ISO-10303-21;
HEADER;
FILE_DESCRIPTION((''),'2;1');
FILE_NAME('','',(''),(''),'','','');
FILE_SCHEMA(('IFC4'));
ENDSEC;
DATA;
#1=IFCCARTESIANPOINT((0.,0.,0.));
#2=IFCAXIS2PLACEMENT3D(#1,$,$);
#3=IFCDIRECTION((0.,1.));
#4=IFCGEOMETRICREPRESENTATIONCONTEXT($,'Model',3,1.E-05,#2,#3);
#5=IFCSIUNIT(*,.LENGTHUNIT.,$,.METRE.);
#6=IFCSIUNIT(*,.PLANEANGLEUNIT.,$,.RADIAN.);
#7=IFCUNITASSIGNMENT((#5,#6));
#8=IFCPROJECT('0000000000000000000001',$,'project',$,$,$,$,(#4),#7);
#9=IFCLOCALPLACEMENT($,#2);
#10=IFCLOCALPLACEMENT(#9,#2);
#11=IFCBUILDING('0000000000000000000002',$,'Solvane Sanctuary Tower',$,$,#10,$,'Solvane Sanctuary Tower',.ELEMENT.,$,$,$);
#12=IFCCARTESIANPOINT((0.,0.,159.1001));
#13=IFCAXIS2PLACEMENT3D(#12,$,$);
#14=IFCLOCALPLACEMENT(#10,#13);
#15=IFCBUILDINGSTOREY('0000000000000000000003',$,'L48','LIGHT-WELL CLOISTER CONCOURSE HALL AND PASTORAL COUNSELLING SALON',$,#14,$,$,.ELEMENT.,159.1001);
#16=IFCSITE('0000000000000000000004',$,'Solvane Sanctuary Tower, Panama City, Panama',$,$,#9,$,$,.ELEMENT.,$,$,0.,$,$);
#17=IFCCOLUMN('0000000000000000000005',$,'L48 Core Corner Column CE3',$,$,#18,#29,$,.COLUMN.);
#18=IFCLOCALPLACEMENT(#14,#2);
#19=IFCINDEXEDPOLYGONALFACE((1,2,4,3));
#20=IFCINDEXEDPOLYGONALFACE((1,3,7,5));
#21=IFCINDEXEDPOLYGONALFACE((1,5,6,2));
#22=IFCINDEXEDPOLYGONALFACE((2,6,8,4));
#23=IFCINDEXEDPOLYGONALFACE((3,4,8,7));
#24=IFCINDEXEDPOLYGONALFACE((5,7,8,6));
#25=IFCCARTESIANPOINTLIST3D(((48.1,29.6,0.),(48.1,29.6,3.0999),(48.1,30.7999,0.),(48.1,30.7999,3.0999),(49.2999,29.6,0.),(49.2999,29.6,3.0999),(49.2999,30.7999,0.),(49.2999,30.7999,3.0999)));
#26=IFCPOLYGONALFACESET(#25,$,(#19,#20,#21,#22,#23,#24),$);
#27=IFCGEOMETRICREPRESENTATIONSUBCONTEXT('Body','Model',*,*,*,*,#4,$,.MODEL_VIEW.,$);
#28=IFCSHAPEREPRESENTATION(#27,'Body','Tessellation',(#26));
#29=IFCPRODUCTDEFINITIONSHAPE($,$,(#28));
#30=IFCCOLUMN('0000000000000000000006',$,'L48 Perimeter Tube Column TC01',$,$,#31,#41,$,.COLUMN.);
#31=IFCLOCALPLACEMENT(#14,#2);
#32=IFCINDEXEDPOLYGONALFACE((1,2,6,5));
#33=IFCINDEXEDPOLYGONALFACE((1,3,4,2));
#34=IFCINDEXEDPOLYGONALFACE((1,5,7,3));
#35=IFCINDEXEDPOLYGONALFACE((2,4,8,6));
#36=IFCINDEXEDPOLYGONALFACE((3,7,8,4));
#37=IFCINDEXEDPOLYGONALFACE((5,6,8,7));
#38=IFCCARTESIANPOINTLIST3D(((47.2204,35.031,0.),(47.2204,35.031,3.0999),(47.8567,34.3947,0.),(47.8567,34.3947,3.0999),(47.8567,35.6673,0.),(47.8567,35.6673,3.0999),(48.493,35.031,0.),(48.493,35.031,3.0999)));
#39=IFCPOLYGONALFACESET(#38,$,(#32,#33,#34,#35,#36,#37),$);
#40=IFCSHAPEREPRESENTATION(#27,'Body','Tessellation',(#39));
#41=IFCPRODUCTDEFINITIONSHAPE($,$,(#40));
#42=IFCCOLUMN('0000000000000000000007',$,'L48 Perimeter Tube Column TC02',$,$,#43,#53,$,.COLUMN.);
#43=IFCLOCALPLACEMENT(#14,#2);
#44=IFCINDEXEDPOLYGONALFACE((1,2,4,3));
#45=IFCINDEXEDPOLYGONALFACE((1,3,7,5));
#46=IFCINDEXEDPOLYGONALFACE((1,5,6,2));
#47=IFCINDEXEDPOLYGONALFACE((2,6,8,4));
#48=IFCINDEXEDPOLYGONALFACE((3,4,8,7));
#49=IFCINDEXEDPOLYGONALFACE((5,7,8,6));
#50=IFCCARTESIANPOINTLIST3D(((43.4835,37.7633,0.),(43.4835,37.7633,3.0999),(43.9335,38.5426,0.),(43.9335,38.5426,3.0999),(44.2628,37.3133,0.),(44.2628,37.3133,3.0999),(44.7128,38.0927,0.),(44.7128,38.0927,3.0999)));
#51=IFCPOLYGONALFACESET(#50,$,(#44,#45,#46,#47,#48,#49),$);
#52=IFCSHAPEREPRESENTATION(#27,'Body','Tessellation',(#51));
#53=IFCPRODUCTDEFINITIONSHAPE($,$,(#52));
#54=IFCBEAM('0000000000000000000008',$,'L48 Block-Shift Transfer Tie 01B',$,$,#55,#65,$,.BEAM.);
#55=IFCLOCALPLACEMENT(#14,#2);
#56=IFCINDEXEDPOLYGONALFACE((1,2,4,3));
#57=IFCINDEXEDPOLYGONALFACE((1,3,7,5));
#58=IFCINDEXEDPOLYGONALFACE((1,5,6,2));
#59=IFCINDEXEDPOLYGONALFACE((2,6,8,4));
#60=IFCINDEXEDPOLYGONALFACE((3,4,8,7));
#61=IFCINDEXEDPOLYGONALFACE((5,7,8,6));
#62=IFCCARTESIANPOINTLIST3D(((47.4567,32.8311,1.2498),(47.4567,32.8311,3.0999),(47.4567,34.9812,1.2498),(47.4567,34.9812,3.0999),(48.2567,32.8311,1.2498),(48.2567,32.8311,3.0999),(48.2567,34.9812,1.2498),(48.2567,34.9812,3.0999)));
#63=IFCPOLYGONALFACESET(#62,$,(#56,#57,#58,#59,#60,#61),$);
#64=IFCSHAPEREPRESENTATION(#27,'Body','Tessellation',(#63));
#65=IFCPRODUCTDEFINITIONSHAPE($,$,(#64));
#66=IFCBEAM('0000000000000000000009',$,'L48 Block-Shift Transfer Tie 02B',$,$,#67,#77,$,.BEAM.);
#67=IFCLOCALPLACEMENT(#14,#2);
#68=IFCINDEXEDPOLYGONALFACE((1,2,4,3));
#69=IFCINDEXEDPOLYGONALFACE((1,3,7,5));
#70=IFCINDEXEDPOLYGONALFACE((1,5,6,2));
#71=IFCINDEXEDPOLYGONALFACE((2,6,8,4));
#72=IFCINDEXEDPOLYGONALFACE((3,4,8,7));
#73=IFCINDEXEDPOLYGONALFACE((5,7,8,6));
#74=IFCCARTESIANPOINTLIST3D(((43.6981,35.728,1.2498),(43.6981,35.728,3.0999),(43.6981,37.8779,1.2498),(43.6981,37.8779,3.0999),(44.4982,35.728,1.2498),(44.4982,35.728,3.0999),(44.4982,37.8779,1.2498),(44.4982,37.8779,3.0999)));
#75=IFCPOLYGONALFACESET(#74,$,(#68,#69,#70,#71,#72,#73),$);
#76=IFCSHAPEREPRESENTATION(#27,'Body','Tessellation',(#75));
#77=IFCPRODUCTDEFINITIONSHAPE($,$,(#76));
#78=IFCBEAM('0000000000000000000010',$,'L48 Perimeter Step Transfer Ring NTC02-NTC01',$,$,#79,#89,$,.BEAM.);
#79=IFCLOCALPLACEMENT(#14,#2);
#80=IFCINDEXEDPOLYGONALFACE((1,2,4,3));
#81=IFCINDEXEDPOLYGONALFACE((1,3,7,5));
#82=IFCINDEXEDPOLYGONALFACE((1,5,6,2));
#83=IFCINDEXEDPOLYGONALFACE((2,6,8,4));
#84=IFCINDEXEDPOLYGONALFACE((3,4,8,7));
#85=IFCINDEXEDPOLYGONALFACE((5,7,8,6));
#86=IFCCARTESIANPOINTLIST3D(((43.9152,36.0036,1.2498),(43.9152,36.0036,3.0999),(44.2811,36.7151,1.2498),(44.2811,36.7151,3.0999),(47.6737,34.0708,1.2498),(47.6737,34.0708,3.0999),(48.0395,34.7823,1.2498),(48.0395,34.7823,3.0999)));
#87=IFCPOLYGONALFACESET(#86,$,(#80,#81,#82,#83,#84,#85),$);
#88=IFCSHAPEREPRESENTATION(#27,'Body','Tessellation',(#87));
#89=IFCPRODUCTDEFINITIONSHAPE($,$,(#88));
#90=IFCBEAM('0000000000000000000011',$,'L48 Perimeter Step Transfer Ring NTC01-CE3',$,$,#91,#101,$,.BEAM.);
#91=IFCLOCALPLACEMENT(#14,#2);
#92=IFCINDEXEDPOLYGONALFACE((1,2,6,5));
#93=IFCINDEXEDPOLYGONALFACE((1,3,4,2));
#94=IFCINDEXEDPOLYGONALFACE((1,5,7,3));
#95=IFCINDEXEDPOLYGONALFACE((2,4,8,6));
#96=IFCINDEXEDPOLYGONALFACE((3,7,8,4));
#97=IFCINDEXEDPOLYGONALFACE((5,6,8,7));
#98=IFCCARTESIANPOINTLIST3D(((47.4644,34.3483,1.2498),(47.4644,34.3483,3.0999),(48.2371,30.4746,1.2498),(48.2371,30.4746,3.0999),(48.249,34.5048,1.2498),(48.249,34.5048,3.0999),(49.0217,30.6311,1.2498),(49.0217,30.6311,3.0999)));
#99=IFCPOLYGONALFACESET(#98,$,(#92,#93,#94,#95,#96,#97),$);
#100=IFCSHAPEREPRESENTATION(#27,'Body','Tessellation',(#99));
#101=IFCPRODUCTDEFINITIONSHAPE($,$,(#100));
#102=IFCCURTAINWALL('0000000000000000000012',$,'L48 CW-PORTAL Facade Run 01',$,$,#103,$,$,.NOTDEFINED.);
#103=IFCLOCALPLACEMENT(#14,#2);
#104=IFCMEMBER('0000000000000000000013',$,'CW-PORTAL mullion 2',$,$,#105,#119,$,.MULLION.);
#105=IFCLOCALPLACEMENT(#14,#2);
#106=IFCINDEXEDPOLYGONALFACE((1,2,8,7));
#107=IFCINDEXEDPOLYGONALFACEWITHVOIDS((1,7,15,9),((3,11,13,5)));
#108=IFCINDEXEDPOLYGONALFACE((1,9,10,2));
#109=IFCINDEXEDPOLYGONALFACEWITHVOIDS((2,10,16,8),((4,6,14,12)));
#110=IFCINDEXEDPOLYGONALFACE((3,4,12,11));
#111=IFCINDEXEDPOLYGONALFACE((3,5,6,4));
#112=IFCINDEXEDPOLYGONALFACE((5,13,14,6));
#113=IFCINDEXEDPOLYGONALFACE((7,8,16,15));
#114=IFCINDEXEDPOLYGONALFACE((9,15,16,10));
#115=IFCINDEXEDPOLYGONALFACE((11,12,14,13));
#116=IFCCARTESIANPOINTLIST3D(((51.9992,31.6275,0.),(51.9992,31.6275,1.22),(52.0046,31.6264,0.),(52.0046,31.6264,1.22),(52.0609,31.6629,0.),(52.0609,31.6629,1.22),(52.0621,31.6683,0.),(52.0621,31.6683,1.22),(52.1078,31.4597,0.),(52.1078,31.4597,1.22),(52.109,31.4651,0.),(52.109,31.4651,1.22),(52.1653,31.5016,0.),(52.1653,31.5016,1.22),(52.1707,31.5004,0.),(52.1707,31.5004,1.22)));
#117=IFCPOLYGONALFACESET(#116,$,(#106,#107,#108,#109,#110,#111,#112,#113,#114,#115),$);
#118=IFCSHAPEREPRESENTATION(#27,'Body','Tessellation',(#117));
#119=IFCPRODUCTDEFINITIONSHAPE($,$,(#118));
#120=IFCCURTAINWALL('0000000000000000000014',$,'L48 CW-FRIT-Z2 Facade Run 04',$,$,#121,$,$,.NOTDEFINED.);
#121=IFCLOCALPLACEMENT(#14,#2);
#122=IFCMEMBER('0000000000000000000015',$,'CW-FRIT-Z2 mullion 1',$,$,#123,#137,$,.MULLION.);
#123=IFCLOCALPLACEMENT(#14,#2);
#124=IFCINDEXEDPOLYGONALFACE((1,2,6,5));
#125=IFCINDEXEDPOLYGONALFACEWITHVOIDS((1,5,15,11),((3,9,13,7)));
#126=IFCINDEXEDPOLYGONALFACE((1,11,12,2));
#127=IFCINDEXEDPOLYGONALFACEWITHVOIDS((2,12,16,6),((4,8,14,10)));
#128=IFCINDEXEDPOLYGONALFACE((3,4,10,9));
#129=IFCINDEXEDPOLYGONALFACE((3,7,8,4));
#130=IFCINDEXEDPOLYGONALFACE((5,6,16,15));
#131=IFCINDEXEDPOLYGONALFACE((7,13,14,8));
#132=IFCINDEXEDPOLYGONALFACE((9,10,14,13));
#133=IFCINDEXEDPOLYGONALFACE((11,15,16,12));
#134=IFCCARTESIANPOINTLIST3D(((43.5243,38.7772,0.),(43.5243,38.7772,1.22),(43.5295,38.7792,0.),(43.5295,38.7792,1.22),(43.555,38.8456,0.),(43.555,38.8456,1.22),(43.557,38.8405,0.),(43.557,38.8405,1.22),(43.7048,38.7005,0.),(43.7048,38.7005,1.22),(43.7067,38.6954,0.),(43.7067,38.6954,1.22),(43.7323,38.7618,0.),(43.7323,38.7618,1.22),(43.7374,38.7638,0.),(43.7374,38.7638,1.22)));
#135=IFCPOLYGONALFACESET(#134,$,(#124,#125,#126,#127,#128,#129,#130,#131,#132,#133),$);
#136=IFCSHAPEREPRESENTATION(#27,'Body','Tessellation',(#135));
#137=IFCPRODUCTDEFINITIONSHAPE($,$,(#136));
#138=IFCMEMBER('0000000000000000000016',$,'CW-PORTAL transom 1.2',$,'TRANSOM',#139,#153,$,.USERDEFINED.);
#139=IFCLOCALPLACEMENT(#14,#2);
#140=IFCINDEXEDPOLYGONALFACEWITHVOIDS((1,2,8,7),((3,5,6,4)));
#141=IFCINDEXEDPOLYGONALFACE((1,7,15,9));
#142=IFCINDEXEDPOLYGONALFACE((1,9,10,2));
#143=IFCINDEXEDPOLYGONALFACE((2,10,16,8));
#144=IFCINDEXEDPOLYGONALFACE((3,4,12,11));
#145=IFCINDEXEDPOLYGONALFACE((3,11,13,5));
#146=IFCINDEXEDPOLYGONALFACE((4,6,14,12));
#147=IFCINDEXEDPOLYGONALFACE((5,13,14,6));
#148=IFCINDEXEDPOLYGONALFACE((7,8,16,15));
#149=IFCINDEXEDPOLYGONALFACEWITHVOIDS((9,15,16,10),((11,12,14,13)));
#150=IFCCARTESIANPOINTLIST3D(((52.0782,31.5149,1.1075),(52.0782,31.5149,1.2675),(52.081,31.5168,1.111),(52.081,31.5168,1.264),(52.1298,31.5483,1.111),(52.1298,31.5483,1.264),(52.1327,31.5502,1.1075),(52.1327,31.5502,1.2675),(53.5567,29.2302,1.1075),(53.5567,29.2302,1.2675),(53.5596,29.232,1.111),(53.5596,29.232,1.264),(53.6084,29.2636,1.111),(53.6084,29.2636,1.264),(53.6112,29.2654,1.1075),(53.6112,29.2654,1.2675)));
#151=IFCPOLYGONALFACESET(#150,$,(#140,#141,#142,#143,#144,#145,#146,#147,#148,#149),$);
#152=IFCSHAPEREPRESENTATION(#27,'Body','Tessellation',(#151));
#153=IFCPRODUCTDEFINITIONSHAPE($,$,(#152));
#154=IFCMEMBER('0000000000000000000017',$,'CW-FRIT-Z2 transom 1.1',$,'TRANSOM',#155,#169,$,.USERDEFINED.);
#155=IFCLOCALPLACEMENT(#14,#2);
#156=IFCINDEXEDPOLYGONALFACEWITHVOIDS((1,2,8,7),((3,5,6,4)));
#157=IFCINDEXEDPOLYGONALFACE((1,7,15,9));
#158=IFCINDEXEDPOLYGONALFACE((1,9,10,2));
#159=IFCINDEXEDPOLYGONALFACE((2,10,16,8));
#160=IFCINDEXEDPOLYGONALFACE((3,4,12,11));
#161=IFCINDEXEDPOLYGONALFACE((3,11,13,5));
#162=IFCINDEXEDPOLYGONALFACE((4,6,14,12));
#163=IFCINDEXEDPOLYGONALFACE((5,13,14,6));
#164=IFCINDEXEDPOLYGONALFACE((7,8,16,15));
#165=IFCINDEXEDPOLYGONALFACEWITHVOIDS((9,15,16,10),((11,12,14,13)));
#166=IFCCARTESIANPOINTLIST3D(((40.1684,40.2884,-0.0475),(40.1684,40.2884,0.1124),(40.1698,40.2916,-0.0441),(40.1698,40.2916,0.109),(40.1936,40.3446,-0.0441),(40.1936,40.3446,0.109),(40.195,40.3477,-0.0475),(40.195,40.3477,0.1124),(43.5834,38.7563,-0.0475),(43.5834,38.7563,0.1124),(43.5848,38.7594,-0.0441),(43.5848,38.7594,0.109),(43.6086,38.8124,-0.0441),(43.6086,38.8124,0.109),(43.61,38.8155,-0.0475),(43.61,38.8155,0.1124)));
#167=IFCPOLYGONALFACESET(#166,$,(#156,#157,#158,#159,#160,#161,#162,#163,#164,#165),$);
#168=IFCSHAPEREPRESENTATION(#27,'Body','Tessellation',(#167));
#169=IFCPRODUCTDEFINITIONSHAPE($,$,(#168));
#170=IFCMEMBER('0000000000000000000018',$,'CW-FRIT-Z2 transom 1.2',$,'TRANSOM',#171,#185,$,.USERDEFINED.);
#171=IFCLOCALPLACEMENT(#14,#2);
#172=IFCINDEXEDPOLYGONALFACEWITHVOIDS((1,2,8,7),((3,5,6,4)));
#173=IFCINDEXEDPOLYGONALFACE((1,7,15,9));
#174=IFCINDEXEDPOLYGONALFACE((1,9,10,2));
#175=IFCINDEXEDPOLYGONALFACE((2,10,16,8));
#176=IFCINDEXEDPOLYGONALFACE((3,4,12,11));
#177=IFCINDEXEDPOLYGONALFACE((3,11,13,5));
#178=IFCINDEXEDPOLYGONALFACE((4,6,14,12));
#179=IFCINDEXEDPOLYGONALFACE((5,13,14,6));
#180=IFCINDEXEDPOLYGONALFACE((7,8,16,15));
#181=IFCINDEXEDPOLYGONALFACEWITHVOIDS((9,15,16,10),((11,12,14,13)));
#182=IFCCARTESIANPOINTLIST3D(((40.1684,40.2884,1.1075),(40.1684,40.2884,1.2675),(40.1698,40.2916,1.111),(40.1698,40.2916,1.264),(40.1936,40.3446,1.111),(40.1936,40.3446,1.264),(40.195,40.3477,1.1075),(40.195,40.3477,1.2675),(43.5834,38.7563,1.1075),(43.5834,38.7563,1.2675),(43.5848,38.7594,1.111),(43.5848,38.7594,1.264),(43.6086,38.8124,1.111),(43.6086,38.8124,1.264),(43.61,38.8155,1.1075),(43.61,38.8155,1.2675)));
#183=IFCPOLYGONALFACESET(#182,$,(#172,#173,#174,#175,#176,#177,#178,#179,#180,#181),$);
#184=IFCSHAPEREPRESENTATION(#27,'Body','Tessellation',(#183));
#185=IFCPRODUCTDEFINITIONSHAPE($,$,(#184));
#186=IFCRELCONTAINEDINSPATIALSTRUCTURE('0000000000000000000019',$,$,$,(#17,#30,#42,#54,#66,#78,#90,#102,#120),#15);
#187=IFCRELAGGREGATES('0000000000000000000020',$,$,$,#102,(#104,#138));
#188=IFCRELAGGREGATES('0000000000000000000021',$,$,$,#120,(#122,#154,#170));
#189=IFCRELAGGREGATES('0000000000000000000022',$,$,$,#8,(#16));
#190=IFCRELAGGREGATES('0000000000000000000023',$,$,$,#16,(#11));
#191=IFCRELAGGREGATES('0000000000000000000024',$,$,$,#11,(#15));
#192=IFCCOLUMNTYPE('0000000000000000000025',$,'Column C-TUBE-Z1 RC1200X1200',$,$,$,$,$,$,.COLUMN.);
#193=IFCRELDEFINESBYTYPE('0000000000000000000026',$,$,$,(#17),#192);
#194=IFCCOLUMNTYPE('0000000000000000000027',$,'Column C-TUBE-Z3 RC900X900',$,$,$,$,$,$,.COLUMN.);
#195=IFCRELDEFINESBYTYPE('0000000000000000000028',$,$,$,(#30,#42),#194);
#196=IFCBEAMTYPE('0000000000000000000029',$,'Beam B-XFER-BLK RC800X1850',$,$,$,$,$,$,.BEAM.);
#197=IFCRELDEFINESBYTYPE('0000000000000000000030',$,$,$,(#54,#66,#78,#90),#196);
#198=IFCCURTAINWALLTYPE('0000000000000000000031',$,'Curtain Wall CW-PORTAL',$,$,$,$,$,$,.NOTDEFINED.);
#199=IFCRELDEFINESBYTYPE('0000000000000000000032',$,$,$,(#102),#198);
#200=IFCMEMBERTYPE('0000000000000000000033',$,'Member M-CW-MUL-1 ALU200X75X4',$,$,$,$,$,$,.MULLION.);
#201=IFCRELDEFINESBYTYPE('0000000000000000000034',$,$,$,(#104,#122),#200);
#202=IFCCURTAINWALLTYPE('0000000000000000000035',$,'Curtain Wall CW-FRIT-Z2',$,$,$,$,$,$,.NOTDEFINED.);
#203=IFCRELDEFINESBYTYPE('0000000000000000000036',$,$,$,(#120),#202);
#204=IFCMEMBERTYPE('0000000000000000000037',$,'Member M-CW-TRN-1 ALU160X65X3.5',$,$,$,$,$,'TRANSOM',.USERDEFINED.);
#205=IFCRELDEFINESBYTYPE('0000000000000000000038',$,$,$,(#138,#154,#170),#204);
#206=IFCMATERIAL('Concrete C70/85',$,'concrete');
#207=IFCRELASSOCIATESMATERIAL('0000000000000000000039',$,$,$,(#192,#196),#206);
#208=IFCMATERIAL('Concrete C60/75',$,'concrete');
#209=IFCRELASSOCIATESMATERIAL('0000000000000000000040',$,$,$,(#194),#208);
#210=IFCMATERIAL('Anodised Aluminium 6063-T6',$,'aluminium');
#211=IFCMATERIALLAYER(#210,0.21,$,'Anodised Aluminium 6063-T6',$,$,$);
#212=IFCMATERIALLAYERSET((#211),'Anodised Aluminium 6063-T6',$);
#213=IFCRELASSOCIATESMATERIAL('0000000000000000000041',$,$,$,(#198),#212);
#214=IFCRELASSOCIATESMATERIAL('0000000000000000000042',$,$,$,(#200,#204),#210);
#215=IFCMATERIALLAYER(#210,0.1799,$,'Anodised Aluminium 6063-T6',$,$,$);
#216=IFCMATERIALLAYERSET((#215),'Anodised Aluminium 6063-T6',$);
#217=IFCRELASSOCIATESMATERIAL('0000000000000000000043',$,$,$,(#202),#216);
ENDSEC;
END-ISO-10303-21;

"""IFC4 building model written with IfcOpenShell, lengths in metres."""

from ifc_helpers import new_model, si_unit, direction, frame, origin, origin_2d, place, context, subcontext, project, spatial, rectangle, hollow_rectangle, extrude, material, layer, layer_set, material_profile, profile_set, type_object, element, aggregate, save


model = new_model("IFC4")

# Units and contexts
model_context = context("Model", 3, precision=1e-05, world=origin(), true_north=direction((0.0, 1.0)))
body_context = subcontext(model_context, "Body", "Model", "MODEL_VIEW")
ifc_project = project(units=[si_unit("LENGTHUNIT", "METRE"), si_unit("PLANEANGLEUNIT", "RADIAN")], contexts=[model_context])

# Site, building, storey
site_placement = place(None, origin())
site = spatial("IfcSite", under=ifc_project, at=site_placement, Name="Solvane Sanctuary Tower, Panama City, Panama", CompositionType="ELEMENT", RefElevation=0.0)
building_placement = place(site_placement, origin())
building = spatial("IfcBuilding", under=site, at=building_placement, Name="Solvane Sanctuary Tower", LongName="Solvane Sanctuary Tower", CompositionType="ELEMENT")
storey_placement = place(building_placement, frame((0.0, 0.0, 159.1001)))
storey = spatial("IfcBuildingStorey", under=building, at=storey_placement, Name="L48", Description="LIGHT-WELL CLOISTER CONCOURSE HALL AND PASTORAL COUNSELLING SALON", CompositionType="ELEMENT", Elevation=159.1001)

# Columns
ifc_material_1 = material(Name="Concrete C70/85", Category="concrete")
ifc_material_profile_1 = material_profile(ifc_material_1, rectangle(XDim=1.2, YDim=1.2, at=origin_2d()), Name="RC1200X1200")
ifc_profile_set_1 = profile_set([ifc_material_profile_1], Name="Concrete C70/85")
column_type_1 = type_object("IfcColumnType", Name="Column C-TUBE-Z1 RC1200X1200", PredefinedType="COLUMN", material=ifc_profile_set_1)
column_placement = place(storey_placement, frame((48.7, 30.2, 0.0), z_axis=(0.0, 0.0, 1.0), x_axis=(1.0, 0.0, 0.0)))
element("IfcColumn", 1, at=column_placement, inside=storey, type_object=column_type_1, Name="L48 Core Corner Column CE3", PredefinedType="COLUMN", context=body_context, shape_type="SweptSolid", body=[
    extrude(rectangle(XDim=1.2, YDim=1.2, at=origin_2d()), origin(), (0.0, 0.0, 1.0), 3.0999),
])
ifc_material_2 = material(Name="Concrete C60/75", Category="concrete")
ifc_material_profile_2 = material_profile(ifc_material_2, rectangle(XDim=0.8999, YDim=0.8999, at=origin_2d()), Name="RC900X900")
ifc_profile_set_2 = profile_set([ifc_material_profile_2], Name="Concrete C60/75")
column_type_2 = type_object("IfcColumnType", Name="Column C-TUBE-Z3 RC900X900", PredefinedType="COLUMN", material=ifc_profile_set_2)
for number, where, z_axis, x_axis, name in (
    (2, (47.8567, 35.031, 0.0), (0.0, 0.0, 1.0), (0.707107, 0.707107, 0.0), "L48 Perimeter Tube Column TC01"),
    (3, (44.0981, 37.928, 0.0), (0.0, 0.0, 1.0), (0.5, 0.866025, 0.0), "L48 Perimeter Tube Column TC02"),
):
    element("IfcColumn", number, at=place(storey_placement, frame(where, z_axis=z_axis, x_axis=x_axis)), inside=storey, type_object=column_type_2, Name=name, PredefinedType="COLUMN", context=body_context, shape_type="SweptSolid", body=[
        extrude(rectangle(XDim=0.8999, YDim=0.8999, at=origin_2d()), origin(), (0.0, 0.0, 1.0), 3.0999),
    ])

# Beams
ifc_material_profile_3 = material_profile(ifc_material_1, rectangle(XDim=0.8, YDim=1.8501, at=origin_2d()), Name="RC800X1850")
ifc_profile_set_3 = profile_set([ifc_material_profile_3], Name="Concrete C70/85")
beam_type = type_object("IfcBeamType", Name="Beam B-XFER-BLK RC800X1850", PredefinedType="BEAM", material=ifc_profile_set_3)
beam_1_placement = place(storey_placement, frame((47.8567, 34.9812, 2.1748), z_axis=(0.0, -1.0, 0.0), x_axis=(1.0, 0.0, 0.0)))
element("IfcBeam", 4, at=beam_1_placement, inside=storey, type_object=beam_type, Name="L48 Block-Shift Transfer Tie 01B", PredefinedType="BEAM", context=body_context, shape_type="SweptSolid", body=[
    extrude(rectangle(XDim=0.8, YDim=1.8501, at=origin_2d()), origin(), (0.0, 0.0, 1.0), 2.1501),
])
beam_2_placement = place(storey_placement, frame((44.0981, 37.8779, 2.1748), z_axis=(0.0, -1.0, 0.0), x_axis=(1.0, 0.0, 0.0)))
element("IfcBeam", 5, at=beam_2_placement, inside=storey, type_object=beam_type, Name="L48 Block-Shift Transfer Tie 02B", PredefinedType="BEAM", context=body_context, shape_type="SweptSolid", body=[
    extrude(rectangle(XDim=0.8, YDim=1.8501, at=origin_2d()), origin(), (0.0, 0.0, 1.0), 2.1499),
])
beam_3_placement = place(storey_placement, frame((44.0981, 36.3594, 2.1748), z_axis=(0.889298, -0.457328, 0.0), x_axis=(0.457328, 0.889298, 0.0)))
element("IfcBeam", 6, at=beam_3_placement, inside=storey, type_object=beam_type, Name="L48 Perimeter Step Transfer Ring NTC02-NTC01", PredefinedType="BEAM", context=body_context, shape_type="SweptSolid", body=[
    extrude(rectangle(XDim=0.8, YDim=1.8501, at=origin_2d()), origin(), (0.0, 0.0, 1.0), 4.2263),
])
beam_4_placement = place(storey_placement, frame((47.8567, 34.4265, 2.1748), z_axis=(0.195629, -0.980678, 0.0), x_axis=(0.980678, 0.195629, 0.0)))
element("IfcBeam", 7, at=beam_4_placement, inside=storey, type_object=beam_type, Name="L48 Perimeter Step Transfer Ring NTC01-CE3", PredefinedType="BEAM", context=body_context, shape_type="SweptSolid", body=[
    extrude(rectangle(XDim=0.8, YDim=1.8501, at=origin_2d()), origin(), (0.0, 0.0, 1.0), 3.95),
])

# Curtain walls, members
ifc_material_3 = material(Name="Anodised Aluminium 6063-T6", Category="aluminium")
ifc_layer_1 = layer(ifc_material_3, 0.21, Name="Anodised Aluminium 6063-T6")
ifc_layer_set_1 = layer_set([ifc_layer_1], Name="Anodised Aluminium 6063-T6")
curtain_wall_type_1 = type_object("IfcCurtainWallType", Name="Curtain Wall CW-PORTAL", PredefinedType="NOTDEFINED", material=ifc_layer_set_1)
curtain_wall_1_placement = place(storey_placement, origin())
curtain_wall_1 = element("IfcCurtainWall", 8, at=curtain_wall_1_placement, inside=storey, type_object=curtain_wall_type_1, Name="L48 CW-PORTAL Facade Run 01", PredefinedType="NOTDEFINED")
ifc_material_profile_4 = material_profile(ifc_material_3, hollow_rectangle(XDim=0.075, YDim=0.2, WallThickness=0.0039, at=origin_2d()), Name="ALU200X75X4")
ifc_profile_set_4 = profile_set([ifc_material_profile_4], Name="Anodised Aluminium 6063-T6")
member_type_1 = type_object("IfcMemberType", Name="Member M-CW-MUL-1 ALU200X75X4", PredefinedType="MULLION", material=ifc_profile_set_4)
member_1_placement = place(storey_placement, frame((52.085, 31.564, 0.0), z_axis=(0.0, 0.0, 1.0), x_axis=(-0.839512, -0.543341, 0.0)))
member_1 = element("IfcMember", 9, at=member_1_placement, type_object=member_type_1, Name="CW-PORTAL mullion 2", PredefinedType="MULLION", context=body_context, shape_type="SweptSolid", body=[
    extrude(hollow_rectangle(XDim=0.075, YDim=0.2, WallThickness=0.0039, at=origin_2d()), origin(), (0.0, 0.0, 1.0), 1.22),
])
ifc_layer_2 = layer(ifc_material_3, 0.1799, Name="Anodised Aluminium 6063-T6")
ifc_layer_set_2 = layer_set([ifc_layer_2], Name="Anodised Aluminium 6063-T6")
curtain_wall_type_2 = type_object("IfcCurtainWallType", Name="Curtain Wall CW-FRIT-Z2", PredefinedType="NOTDEFINED", material=ifc_layer_set_2)
curtain_wall_2_placement = place(storey_placement, origin())
curtain_wall_2 = element("IfcCurtainWall", 10, at=curtain_wall_2_placement, inside=storey, type_object=curtain_wall_type_2, Name="L48 CW-FRIT-Z2 Facade Run 04", PredefinedType="NOTDEFINED")
member_2_placement = place(storey_placement, frame((43.6309, 38.7705, 0.0), z_axis=(0.0, 0.0, 1.0), x_axis=(-0.409411, -0.91235, 0.0)))
member_2 = element("IfcMember", 11, at=member_2_placement, type_object=member_type_1, Name="CW-FRIT-Z2 mullion 1", PredefinedType="MULLION", context=body_context, shape_type="SweptSolid", body=[
    extrude(hollow_rectangle(XDim=0.075, YDim=0.2, WallThickness=0.0039, at=origin_2d()), origin(), (0.0, 0.0, 1.0), 1.22),
])

# Members
ifc_material_profile_5 = material_profile(ifc_material_3, hollow_rectangle(XDim=0.0649, YDim=0.1599, WallThickness=0.0034, at=origin_2d()), Name="ALU160X65X3.5")
ifc_profile_set_5 = profile_set([ifc_material_profile_5], Name="Anodised Aluminium 6063-T6")
member_type_2 = type_object("IfcMemberType", Name="Member M-CW-TRN-1 ALU160X65X3.5", ElementType="TRANSOM", PredefinedType="USERDEFINED", material=ifc_profile_set_5)
member_3_placement = place(storey_placement, frame((53.584, 29.2478, 1.1875), z_axis=(-0.543303, 0.839536, 0.0), x_axis=(-0.839536, -0.543303, 0.0)))
member_3 = element("IfcMember", 12, at=member_3_placement, type_object=member_type_2, Name="CW-PORTAL transom 1.2", ObjectType="TRANSOM", PredefinedType="USERDEFINED", context=body_context, shape_type="SweptSolid", body=[
    extrude(hollow_rectangle(XDim=0.0649, YDim=0.1599, WallThickness=0.0034, at=origin_2d()), origin(), (0.0, 0.0, 1.0), 2.7214),
])
member_4_placement = place(storey_placement, frame((43.5967, 38.7859, 0.0325), z_axis=(-0.912375, 0.409356, 0.0), x_axis=(-0.409356, -0.912375, 0.0)))
member_4 = element("IfcMember", 13, at=member_4_placement, type_object=member_type_2, Name="CW-FRIT-Z2 transom 1.1", ObjectType="TRANSOM", PredefinedType="USERDEFINED", context=body_context, shape_type="SweptSolid", body=[
    extrude(hollow_rectangle(XDim=0.0649, YDim=0.1599, WallThickness=0.0034, at=origin_2d()), origin(), (0.0, 0.0, 1.0), 3.7429),
])
member_5_placement = place(storey_placement, frame((43.5967, 38.7859, 1.1875), z_axis=(-0.912375, 0.409356, 0.0), x_axis=(-0.409356, -0.912375, 0.0)))
member_5 = element("IfcMember", 14, at=member_5_placement, type_object=member_type_2, Name="CW-FRIT-Z2 transom 1.2", ObjectType="TRANSOM", PredefinedType="USERDEFINED", context=body_context, shape_type="SweptSolid", body=[
    extrude(hollow_rectangle(XDim=0.0649, YDim=0.1599, WallThickness=0.0034, at=origin_2d()), origin(), (0.0, 0.0, 1.0), 3.7429),
])

aggregate(curtain_wall_1, [member_1, member_3])
aggregate(curtain_wall_2, [member_2, member_4, member_5])

save(model, "model.ifc")
